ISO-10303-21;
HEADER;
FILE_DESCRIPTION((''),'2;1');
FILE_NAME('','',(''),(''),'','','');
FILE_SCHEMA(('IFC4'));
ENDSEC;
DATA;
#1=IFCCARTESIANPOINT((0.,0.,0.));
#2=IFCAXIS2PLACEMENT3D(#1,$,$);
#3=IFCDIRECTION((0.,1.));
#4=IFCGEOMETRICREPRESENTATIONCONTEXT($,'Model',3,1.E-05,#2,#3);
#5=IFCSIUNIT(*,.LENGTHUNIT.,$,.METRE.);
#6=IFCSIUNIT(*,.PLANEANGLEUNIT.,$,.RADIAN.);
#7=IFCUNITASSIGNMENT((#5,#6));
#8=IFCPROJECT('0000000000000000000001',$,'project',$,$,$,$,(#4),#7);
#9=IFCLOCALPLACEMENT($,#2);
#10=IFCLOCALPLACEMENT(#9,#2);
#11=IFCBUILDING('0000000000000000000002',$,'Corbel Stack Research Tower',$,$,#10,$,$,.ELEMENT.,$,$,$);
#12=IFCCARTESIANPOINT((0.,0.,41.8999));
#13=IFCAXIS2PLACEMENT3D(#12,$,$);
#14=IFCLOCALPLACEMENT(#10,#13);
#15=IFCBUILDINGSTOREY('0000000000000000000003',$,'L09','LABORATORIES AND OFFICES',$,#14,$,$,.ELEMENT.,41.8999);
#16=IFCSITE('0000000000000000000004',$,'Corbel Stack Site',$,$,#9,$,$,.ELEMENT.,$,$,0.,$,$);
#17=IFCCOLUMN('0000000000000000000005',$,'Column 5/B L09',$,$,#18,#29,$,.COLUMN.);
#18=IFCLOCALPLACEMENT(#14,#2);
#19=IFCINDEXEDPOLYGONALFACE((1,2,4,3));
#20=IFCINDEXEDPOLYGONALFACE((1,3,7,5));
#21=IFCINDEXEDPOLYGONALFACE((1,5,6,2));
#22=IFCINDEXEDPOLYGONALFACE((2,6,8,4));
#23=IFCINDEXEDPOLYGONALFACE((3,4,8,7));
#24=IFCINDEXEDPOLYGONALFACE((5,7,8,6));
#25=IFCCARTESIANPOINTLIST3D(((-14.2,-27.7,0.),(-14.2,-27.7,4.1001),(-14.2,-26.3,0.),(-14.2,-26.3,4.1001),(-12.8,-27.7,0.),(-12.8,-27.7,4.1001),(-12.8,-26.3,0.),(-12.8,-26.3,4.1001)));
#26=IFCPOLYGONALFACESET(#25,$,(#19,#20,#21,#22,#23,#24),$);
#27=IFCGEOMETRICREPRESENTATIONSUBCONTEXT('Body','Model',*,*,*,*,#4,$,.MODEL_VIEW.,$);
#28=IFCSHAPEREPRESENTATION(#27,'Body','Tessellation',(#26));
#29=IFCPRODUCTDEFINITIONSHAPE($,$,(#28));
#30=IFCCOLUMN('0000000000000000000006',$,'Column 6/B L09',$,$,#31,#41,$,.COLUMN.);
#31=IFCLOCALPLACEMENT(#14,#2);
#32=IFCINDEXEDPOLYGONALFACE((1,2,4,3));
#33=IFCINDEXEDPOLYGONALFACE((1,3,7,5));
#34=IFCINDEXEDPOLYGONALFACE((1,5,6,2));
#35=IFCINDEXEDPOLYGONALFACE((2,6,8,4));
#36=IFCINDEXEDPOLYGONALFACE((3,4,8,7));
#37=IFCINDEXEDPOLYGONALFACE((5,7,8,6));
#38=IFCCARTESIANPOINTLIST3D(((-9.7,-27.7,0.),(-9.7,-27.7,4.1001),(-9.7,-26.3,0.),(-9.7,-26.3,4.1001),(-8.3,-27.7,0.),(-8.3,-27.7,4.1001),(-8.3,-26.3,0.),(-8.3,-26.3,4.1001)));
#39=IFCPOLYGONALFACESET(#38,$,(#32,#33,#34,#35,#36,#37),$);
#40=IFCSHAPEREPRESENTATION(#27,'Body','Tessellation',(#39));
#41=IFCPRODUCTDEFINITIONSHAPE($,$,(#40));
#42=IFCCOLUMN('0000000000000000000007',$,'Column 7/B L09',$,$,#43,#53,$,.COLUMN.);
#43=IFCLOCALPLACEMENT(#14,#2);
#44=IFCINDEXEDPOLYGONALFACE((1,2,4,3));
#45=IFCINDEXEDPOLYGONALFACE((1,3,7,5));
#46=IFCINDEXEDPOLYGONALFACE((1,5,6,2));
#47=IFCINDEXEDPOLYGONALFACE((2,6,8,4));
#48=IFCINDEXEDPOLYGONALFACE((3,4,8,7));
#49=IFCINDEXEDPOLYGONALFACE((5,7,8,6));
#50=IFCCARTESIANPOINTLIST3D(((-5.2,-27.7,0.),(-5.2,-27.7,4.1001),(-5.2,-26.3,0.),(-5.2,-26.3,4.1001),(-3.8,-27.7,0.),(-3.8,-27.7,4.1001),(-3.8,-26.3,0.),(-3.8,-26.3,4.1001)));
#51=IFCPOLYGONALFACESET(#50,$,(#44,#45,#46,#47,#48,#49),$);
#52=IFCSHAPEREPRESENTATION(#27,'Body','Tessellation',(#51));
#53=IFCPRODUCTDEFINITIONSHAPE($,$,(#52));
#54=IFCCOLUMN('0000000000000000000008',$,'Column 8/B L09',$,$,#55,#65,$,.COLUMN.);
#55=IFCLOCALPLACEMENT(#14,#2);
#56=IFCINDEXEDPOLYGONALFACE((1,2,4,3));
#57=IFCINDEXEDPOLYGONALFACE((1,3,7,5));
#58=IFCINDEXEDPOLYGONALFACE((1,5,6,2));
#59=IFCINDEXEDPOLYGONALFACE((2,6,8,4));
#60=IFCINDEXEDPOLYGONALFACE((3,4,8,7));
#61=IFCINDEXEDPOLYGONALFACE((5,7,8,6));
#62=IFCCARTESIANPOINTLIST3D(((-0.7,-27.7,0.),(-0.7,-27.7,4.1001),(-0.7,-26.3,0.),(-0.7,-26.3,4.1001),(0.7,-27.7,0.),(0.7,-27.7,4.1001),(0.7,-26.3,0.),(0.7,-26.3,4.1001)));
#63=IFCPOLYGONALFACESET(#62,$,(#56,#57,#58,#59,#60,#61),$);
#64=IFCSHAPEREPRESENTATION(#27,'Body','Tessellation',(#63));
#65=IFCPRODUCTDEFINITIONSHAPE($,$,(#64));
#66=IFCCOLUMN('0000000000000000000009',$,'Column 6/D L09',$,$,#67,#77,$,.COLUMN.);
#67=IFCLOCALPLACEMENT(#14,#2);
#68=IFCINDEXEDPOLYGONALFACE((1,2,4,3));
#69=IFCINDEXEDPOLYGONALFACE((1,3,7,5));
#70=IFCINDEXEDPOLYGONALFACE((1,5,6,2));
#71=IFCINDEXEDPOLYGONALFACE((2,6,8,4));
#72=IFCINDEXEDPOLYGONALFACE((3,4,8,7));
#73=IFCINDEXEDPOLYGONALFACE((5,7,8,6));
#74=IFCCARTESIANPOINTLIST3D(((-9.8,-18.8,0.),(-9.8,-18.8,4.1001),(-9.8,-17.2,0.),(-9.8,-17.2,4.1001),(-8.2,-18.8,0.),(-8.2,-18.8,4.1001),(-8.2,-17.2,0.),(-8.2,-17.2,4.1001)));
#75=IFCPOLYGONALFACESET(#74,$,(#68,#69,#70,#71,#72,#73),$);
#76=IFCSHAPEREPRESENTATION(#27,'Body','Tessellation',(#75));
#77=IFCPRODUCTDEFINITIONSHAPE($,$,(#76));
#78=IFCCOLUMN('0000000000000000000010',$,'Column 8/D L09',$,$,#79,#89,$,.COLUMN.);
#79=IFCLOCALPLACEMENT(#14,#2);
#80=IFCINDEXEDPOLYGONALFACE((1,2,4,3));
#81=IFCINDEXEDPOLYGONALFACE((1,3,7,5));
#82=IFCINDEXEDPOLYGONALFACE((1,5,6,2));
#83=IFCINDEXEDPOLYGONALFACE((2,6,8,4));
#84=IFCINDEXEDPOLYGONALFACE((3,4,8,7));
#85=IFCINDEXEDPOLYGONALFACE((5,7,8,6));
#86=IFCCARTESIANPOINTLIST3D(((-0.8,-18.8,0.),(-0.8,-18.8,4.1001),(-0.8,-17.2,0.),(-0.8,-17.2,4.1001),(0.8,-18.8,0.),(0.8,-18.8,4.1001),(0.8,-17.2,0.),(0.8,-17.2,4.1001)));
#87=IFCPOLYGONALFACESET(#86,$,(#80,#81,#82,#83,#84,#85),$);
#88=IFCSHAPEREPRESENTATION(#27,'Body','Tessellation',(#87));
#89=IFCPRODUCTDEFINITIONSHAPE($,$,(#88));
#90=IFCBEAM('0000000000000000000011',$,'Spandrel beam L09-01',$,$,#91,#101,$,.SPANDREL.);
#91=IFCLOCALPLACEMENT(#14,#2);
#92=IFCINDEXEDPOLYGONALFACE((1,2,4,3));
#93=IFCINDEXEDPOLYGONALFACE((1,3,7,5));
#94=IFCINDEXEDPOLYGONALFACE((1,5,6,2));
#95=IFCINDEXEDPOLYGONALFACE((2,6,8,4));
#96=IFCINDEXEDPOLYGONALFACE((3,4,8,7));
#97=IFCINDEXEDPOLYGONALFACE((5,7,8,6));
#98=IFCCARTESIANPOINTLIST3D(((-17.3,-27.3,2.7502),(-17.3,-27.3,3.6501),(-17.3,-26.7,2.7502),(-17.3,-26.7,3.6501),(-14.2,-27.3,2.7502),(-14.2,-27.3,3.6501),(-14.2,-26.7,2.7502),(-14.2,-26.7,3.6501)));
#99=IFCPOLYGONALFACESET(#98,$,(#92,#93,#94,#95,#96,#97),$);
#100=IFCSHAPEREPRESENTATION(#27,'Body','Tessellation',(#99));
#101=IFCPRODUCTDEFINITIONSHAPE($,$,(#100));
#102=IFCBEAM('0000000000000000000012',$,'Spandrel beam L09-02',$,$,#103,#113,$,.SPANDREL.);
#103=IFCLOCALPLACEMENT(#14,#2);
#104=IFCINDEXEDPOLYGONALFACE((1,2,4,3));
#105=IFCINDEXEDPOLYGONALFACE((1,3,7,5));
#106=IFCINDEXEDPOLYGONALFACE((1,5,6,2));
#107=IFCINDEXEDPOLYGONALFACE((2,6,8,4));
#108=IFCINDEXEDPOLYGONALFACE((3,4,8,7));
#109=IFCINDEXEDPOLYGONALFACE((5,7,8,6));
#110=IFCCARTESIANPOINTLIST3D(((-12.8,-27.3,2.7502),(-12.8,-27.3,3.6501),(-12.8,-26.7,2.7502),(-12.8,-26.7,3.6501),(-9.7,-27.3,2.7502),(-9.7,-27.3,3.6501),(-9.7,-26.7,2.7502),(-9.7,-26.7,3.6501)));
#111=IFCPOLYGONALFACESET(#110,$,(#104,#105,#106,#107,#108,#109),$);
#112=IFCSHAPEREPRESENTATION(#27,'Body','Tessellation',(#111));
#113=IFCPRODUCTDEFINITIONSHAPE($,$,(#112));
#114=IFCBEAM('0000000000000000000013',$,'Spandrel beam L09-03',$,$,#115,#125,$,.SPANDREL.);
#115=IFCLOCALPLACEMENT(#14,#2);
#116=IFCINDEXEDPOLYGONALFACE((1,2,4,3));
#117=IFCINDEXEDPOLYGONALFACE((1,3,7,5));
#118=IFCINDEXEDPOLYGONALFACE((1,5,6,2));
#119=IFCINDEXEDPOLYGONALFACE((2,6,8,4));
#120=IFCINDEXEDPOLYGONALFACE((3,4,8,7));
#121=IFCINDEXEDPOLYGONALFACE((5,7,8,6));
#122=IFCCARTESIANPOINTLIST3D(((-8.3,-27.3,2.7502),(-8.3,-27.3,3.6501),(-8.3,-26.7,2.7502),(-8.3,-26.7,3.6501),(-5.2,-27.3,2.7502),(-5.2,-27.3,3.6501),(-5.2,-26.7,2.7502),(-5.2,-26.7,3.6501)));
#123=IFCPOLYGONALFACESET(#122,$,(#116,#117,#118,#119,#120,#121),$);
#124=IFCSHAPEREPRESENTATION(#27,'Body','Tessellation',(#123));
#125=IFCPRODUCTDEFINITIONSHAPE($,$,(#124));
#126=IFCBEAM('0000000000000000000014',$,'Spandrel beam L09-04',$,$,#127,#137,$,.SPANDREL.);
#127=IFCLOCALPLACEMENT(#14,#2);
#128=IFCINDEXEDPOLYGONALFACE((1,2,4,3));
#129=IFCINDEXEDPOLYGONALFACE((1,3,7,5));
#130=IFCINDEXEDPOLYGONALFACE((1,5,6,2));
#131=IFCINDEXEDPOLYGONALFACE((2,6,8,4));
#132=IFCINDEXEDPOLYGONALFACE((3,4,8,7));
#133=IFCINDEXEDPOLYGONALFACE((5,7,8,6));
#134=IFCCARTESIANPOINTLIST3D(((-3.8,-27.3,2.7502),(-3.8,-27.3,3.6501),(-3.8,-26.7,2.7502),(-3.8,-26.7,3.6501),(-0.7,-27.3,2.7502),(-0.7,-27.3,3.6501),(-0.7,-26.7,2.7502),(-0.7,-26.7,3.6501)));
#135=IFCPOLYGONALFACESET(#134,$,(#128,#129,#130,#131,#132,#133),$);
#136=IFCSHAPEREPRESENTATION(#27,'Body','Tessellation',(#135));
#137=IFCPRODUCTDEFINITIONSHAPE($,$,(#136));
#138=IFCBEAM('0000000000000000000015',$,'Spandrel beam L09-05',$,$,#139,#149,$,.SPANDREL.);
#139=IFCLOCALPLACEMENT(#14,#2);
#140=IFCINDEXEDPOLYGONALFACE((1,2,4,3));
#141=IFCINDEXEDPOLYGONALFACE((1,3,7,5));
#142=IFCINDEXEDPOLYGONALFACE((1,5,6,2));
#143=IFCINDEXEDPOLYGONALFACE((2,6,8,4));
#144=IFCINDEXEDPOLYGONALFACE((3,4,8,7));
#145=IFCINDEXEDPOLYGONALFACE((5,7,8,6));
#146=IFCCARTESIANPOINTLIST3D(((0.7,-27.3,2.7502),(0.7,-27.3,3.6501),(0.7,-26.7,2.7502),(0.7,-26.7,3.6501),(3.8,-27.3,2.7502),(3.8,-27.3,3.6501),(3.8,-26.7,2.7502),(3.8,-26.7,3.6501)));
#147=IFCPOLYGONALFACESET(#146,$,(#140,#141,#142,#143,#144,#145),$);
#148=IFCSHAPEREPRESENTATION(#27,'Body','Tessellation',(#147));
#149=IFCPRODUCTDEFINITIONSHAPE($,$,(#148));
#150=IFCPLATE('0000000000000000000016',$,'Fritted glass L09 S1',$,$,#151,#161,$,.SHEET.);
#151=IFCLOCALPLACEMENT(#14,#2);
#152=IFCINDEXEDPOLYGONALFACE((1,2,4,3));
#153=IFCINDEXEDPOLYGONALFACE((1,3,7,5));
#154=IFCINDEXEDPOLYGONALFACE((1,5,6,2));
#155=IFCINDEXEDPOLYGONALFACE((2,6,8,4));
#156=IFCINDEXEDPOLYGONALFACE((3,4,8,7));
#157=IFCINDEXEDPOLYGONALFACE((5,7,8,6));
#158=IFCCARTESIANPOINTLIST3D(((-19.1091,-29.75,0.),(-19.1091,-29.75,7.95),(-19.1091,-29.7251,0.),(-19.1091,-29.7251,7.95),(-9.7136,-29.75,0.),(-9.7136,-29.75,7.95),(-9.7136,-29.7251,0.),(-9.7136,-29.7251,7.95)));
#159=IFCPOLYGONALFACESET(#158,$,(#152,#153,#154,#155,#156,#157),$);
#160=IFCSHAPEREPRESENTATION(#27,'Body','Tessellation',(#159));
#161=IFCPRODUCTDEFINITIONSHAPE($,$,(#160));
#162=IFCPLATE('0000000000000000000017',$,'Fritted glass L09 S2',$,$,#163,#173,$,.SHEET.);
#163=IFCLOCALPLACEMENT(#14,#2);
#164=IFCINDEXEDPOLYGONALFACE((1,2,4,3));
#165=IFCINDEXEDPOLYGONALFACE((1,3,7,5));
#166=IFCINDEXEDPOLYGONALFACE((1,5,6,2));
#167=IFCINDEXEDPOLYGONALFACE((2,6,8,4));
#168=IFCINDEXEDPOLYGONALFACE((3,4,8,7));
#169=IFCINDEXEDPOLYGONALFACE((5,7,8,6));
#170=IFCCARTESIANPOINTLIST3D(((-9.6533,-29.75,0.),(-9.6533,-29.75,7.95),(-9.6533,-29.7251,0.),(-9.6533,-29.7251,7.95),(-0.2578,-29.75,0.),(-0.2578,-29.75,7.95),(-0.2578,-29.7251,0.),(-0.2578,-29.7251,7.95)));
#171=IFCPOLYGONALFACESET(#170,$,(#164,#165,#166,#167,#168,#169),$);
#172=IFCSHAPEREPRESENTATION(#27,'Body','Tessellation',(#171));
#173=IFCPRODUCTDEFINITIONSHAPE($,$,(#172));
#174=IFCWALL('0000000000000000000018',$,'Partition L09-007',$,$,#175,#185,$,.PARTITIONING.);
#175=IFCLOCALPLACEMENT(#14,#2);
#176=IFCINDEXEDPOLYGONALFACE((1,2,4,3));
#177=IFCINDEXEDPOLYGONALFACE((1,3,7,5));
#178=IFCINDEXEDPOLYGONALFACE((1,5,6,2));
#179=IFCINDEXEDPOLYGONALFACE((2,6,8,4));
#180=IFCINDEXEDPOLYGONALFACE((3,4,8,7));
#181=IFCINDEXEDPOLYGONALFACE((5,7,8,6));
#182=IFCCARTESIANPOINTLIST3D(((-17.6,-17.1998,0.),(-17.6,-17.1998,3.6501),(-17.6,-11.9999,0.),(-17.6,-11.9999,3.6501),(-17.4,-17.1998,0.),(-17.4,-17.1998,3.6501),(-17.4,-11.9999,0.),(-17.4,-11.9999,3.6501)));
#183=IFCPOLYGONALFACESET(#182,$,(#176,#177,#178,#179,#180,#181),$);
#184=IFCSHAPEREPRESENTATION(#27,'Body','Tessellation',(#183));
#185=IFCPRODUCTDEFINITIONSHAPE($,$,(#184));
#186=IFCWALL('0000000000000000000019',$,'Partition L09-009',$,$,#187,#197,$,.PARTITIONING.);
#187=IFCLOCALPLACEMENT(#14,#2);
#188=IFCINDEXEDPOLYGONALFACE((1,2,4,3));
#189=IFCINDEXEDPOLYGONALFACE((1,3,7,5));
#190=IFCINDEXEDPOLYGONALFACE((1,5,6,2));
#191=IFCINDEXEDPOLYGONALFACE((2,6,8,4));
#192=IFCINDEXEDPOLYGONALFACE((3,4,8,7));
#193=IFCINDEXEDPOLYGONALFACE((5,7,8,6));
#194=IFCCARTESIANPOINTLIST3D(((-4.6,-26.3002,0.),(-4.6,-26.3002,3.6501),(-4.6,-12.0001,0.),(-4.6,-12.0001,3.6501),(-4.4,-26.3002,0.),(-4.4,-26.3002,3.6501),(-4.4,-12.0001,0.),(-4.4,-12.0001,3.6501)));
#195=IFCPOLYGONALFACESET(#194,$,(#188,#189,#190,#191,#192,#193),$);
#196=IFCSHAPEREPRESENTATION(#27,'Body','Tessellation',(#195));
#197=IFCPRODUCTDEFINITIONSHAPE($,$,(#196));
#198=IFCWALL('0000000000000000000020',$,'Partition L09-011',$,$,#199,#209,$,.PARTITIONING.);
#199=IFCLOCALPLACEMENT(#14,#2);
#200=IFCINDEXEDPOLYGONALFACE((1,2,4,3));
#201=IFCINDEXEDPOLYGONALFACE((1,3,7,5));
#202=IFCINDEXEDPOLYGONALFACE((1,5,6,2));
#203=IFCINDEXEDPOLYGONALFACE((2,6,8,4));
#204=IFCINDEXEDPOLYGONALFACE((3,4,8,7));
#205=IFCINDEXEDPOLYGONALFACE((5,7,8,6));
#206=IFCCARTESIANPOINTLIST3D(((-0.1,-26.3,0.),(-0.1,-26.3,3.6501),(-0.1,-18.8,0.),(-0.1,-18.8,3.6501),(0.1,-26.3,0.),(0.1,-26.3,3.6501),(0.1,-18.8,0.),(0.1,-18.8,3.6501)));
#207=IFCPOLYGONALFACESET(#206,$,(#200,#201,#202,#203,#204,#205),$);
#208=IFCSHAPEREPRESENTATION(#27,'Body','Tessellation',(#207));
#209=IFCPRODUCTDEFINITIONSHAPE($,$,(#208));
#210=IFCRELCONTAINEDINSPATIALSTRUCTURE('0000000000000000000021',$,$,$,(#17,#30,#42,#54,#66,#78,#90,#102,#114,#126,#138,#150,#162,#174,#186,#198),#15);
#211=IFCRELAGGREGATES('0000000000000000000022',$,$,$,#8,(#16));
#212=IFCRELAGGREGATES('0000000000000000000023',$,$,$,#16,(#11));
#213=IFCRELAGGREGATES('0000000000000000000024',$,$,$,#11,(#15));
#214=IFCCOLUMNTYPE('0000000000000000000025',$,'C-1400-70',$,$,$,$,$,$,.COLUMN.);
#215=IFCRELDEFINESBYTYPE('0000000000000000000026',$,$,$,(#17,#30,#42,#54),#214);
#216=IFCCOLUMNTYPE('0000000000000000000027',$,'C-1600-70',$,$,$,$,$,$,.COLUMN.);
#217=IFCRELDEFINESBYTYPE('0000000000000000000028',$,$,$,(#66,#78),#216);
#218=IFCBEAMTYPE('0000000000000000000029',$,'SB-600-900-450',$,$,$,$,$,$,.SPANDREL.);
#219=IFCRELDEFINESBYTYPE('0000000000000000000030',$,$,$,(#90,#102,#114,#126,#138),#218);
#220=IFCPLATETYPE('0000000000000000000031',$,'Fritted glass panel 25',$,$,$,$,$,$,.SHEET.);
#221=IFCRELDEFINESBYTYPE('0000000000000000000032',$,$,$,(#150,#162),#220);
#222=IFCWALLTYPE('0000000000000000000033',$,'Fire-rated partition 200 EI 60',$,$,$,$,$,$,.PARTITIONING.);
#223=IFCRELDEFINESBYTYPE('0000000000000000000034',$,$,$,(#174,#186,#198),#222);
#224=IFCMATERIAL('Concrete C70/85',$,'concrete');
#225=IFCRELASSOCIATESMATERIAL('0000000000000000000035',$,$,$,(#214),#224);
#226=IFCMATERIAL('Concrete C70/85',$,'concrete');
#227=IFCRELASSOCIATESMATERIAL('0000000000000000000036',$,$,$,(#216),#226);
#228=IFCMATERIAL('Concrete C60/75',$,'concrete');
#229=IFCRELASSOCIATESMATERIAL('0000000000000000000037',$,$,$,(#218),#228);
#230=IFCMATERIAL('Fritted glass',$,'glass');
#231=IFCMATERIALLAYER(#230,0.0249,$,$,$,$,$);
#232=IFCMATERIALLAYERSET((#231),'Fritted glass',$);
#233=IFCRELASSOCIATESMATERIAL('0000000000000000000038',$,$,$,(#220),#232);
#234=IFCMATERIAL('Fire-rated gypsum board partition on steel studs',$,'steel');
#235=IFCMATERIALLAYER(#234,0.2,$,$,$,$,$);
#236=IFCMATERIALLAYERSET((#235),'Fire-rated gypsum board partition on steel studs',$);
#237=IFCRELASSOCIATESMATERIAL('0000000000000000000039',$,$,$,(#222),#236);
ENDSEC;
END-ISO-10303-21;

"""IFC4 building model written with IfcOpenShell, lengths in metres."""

from ifc_helpers import new_model, si_unit, direction, frame, frame_2d, origin, origin_2d, place, context, subcontext, project, spatial, rectangle, extrude, material, layer, layer_set, material_profile, profile_set, type_object, element, save


model = new_model("IFC4")

# Units and contexts
model_context = context("Model", 3, precision=1e-05, world=origin(), true_north=direction((0.0, 1.0)))
body_context = subcontext(model_context, "Body", "Model", "MODEL_VIEW")
ifc_project = project(units=[si_unit("LENGTHUNIT", "METRE"), si_unit("PLANEANGLEUNIT", "RADIAN")], contexts=[model_context])

# Site, building, storey
site_placement = place(None, origin())
site = spatial("IfcSite", under=ifc_project, at=site_placement, Name="Corbel Stack Site", CompositionType="ELEMENT", RefElevation=0.0)
building_placement = place(site_placement, origin())
building = spatial("IfcBuilding", under=site, at=building_placement, Name="Corbel Stack Research Tower", CompositionType="ELEMENT")
storey_placement = place(building_placement, frame((0.0, 0.0, 41.8999)))
storey = spatial("IfcBuildingStorey", under=building, at=storey_placement, Name="L09", Description="LABORATORIES AND OFFICES", CompositionType="ELEMENT", Elevation=41.8999)

# Columns
ifc_material_1 = material(Name="Concrete C70/85", Category="concrete")
ifc_material_profile_1 = material_profile(ifc_material_1, rectangle(XDim=1.3999, YDim=1.3999, at=origin_2d()), Name="RC 1400 x 1400")
ifc_profile_set_1 = profile_set([ifc_material_profile_1], Name="Concrete C70/85")
column_type_1 = type_object("IfcColumnType", Name="C-1400-70", PredefinedType="COLUMN", material=ifc_profile_set_1)
for number, where, z_axis, x_axis, name in (
    (1, (-13.5, -27.0, 0.0), (0.0, 0.0, 1.0), (1.0, 0.0, 0.0), "Column 5/B L09"),
    (2, (-9.0, -27.0, 0.0), (0.0, 0.0, 1.0), (1.0, 0.0, 0.0), "Column 6/B L09"),
    (3, (-4.5, -27.0, 0.0), (0.0, 0.0, 1.0), (1.0, 0.0, 0.0), "Column 7/B L09"),
    (4, (0.0, -27.0, 0.0), (0.0, 0.0, 1.0), (1.0, 0.0, 0.0), "Column 8/B L09"),
):
    element("IfcColumn", number, at=place(storey_placement, frame(where, z_axis=z_axis, x_axis=x_axis)), inside=storey, type_object=column_type_1, Name=name, PredefinedType="COLUMN", context=body_context, shape_type="SweptSolid", body=[
        extrude(rectangle(XDim=1.3999, YDim=1.3999, at=origin_2d()), origin(), (0.0, 0.0, 1.0), 4.1001),
    ])
ifc_material_2 = material(Name="Concrete C70/85", Category="concrete")
ifc_material_profile_2 = material_profile(ifc_material_2, rectangle(XDim=1.6001, YDim=1.6001, at=origin_2d()), Name="RC 1600 x 1600")
ifc_profile_set_2 = profile_set([ifc_material_profile_2], Name="Concrete C70/85")
column_type_2 = type_object("IfcColumnType", Name="C-1600-70", PredefinedType="COLUMN", material=ifc_profile_set_2)
for number, where, z_axis, x_axis, name in (
    (5, (-9.0, -18.0, 0.0), (0.0, 0.0, 1.0), (1.0, 0.0, 0.0), "Column 6/D L09"),
    (6, (0.0, -18.0, 0.0), (0.0, 0.0, 1.0), (1.0, 0.0, 0.0), "Column 8/D L09"),
):
    element("IfcColumn", number, at=place(storey_placement, frame(where, z_axis=z_axis, x_axis=x_axis)), inside=storey, type_object=column_type_2, Name=name, PredefinedType="COLUMN", context=body_context, shape_type="SweptSolid", body=[
        extrude(rectangle(XDim=1.6001, YDim=1.6001, at=origin_2d()), origin(), (0.0, 0.0, 1.0), 4.1001),
    ])

# Beams
ifc_material_3 = material(Name="Concrete C60/75", Category="concrete")
ifc_material_profile_3 = material_profile(ifc_material_3, rectangle(XDim=0.6001, YDim=0.8999, at=origin_2d()), Name="RC 600 x 900")
ifc_profile_set_3 = profile_set([ifc_material_profile_3], Name="Concrete C60/75")
beam_type = type_object("IfcBeamType", Name="SB-600-900-450", PredefinedType="SPANDREL", material=ifc_profile_set_3)
for number, where, z_axis, x_axis, name in (
    (7, (-17.3, -27.0, 3.2002), (1.0, 0.0, 0.0), (0.0, 1.0, 0.0), "Spandrel beam L09-01"),
    (8, (-12.8, -27.0, 3.2002), (1.0, 0.0, 0.0), (0.0, 1.0, 0.0), "Spandrel beam L09-02"),
    (9, (-8.3, -27.0, 3.2002), (1.0, 0.0, 0.0), (0.0, 1.0, 0.0), "Spandrel beam L09-03"),
    (10, (-3.8, -27.0, 3.2002), (1.0, 0.0, 0.0), (0.0, 1.0, 0.0), "Spandrel beam L09-04"),
    (11, (0.7, -27.0, 3.2002), (1.0, 0.0, 0.0), (0.0, 1.0, 0.0), "Spandrel beam L09-05"),
):
    element("IfcBeam", number, at=place(storey_placement, frame(where, z_axis=z_axis, x_axis=x_axis)), inside=storey, type_object=beam_type, Name=name, PredefinedType="SPANDREL", context=body_context, shape_type="SweptSolid", body=[
        extrude(rectangle(XDim=0.6001, YDim=0.8999, at=origin_2d()), origin(), (0.0, 0.0, 1.0), 3.1001),
    ])

# Plates
ifc_material_4 = material(Name="Fritted glass", Category="glass")
ifc_layer_1 = layer(ifc_material_4, 0.0249)
ifc_layer_set_1 = layer_set([ifc_layer_1], Name="Fritted glass")
plate_type = type_object("IfcPlateType", Name="Fritted glass panel 25", PredefinedType="SHEET", material=ifc_layer_set_1)
for number, where, z_axis, x_axis, name in (
    (12, (-14.4114, -29.7375, 0.0), (0.0, 0.0, 1.0), (1.0, 0.0, 0.0), "Fritted glass L09 S1"),
    (13, (-4.9556, -29.7375, 0.0), (0.0, 0.0, 1.0), (1.0, 0.0, 0.0), "Fritted glass L09 S2"),
):
    element("IfcPlate", number, at=place(storey_placement, frame(where, z_axis=z_axis, x_axis=x_axis)), inside=storey, type_object=plate_type, Name=name, PredefinedType="SHEET", context=body_context, shape_type="SweptSolid", body=[
        extrude(rectangle(XDim=9.3955, YDim=0.0249, at=origin_2d()), origin(), (0.0, 0.0, 1.0), 7.95),
    ])

# Walls
ifc_material_5 = material(Name="Fire-rated gypsum board partition on steel studs", Category="steel")
ifc_layer_2 = layer(ifc_material_5, 0.2)
ifc_layer_set_2 = layer_set([ifc_layer_2], Name="Fire-rated gypsum board partition on steel studs")
wall_type_1 = type_object("IfcWallType", Name="Fire-rated partition 200 EI 60", PredefinedType="PARTITIONING", material=ifc_layer_set_2)
wall_1_placement = place(storey_placement, frame((-17.5, -17.2, 0.0), z_axis=(0.0, 0.0, 1.0), x_axis=(0.0, 1.0, 0.0)))
element("IfcWall", 14, at=wall_1_placement, inside=storey, type_object=wall_type_1, Name="Partition L09-007", PredefinedType="PARTITIONING", context=body_context, shape_type="SweptSolid", body=[
    extrude(rectangle(XDim=5.2, YDim=0.2, at=frame_2d((2.6001, 0.0))), origin(), (0.0, 0.0, 1.0), 3.6501),
])
wall_2_placement = place(storey_placement, frame((-4.5, -26.3, 0.0), z_axis=(0.0, 0.0, 1.0), x_axis=(0.0, 1.0, 0.0)))
element("IfcWall", 15, at=wall_2_placement, inside=storey, type_object=wall_type_1, Name="Partition L09-009", PredefinedType="PARTITIONING", context=body_context, shape_type="SweptSolid", body=[
    extrude(rectangle(XDim=14.3, YDim=0.2, at=frame_2d((7.1499, 0.0))), origin(), (0.0, 0.0, 1.0), 3.6501),
])
wall_3_placement = place(storey_placement, frame((0.0, -26.3, 0.0), z_axis=(0.0, 0.0, 1.0), x_axis=(0.0, 1.0, 0.0)))
element("IfcWall", 16, at=wall_3_placement, inside=storey, type_object=wall_type_1, Name="Partition L09-011", PredefinedType="PARTITIONING", context=body_context, shape_type="SweptSolid", body=[
    extrude(rectangle(XDim=7.5, YDim=0.2, at=frame_2d((3.75, 0.0))), origin(), (0.0, 0.0, 1.0), 3.6501),
])

save(model, "model.ifc")
